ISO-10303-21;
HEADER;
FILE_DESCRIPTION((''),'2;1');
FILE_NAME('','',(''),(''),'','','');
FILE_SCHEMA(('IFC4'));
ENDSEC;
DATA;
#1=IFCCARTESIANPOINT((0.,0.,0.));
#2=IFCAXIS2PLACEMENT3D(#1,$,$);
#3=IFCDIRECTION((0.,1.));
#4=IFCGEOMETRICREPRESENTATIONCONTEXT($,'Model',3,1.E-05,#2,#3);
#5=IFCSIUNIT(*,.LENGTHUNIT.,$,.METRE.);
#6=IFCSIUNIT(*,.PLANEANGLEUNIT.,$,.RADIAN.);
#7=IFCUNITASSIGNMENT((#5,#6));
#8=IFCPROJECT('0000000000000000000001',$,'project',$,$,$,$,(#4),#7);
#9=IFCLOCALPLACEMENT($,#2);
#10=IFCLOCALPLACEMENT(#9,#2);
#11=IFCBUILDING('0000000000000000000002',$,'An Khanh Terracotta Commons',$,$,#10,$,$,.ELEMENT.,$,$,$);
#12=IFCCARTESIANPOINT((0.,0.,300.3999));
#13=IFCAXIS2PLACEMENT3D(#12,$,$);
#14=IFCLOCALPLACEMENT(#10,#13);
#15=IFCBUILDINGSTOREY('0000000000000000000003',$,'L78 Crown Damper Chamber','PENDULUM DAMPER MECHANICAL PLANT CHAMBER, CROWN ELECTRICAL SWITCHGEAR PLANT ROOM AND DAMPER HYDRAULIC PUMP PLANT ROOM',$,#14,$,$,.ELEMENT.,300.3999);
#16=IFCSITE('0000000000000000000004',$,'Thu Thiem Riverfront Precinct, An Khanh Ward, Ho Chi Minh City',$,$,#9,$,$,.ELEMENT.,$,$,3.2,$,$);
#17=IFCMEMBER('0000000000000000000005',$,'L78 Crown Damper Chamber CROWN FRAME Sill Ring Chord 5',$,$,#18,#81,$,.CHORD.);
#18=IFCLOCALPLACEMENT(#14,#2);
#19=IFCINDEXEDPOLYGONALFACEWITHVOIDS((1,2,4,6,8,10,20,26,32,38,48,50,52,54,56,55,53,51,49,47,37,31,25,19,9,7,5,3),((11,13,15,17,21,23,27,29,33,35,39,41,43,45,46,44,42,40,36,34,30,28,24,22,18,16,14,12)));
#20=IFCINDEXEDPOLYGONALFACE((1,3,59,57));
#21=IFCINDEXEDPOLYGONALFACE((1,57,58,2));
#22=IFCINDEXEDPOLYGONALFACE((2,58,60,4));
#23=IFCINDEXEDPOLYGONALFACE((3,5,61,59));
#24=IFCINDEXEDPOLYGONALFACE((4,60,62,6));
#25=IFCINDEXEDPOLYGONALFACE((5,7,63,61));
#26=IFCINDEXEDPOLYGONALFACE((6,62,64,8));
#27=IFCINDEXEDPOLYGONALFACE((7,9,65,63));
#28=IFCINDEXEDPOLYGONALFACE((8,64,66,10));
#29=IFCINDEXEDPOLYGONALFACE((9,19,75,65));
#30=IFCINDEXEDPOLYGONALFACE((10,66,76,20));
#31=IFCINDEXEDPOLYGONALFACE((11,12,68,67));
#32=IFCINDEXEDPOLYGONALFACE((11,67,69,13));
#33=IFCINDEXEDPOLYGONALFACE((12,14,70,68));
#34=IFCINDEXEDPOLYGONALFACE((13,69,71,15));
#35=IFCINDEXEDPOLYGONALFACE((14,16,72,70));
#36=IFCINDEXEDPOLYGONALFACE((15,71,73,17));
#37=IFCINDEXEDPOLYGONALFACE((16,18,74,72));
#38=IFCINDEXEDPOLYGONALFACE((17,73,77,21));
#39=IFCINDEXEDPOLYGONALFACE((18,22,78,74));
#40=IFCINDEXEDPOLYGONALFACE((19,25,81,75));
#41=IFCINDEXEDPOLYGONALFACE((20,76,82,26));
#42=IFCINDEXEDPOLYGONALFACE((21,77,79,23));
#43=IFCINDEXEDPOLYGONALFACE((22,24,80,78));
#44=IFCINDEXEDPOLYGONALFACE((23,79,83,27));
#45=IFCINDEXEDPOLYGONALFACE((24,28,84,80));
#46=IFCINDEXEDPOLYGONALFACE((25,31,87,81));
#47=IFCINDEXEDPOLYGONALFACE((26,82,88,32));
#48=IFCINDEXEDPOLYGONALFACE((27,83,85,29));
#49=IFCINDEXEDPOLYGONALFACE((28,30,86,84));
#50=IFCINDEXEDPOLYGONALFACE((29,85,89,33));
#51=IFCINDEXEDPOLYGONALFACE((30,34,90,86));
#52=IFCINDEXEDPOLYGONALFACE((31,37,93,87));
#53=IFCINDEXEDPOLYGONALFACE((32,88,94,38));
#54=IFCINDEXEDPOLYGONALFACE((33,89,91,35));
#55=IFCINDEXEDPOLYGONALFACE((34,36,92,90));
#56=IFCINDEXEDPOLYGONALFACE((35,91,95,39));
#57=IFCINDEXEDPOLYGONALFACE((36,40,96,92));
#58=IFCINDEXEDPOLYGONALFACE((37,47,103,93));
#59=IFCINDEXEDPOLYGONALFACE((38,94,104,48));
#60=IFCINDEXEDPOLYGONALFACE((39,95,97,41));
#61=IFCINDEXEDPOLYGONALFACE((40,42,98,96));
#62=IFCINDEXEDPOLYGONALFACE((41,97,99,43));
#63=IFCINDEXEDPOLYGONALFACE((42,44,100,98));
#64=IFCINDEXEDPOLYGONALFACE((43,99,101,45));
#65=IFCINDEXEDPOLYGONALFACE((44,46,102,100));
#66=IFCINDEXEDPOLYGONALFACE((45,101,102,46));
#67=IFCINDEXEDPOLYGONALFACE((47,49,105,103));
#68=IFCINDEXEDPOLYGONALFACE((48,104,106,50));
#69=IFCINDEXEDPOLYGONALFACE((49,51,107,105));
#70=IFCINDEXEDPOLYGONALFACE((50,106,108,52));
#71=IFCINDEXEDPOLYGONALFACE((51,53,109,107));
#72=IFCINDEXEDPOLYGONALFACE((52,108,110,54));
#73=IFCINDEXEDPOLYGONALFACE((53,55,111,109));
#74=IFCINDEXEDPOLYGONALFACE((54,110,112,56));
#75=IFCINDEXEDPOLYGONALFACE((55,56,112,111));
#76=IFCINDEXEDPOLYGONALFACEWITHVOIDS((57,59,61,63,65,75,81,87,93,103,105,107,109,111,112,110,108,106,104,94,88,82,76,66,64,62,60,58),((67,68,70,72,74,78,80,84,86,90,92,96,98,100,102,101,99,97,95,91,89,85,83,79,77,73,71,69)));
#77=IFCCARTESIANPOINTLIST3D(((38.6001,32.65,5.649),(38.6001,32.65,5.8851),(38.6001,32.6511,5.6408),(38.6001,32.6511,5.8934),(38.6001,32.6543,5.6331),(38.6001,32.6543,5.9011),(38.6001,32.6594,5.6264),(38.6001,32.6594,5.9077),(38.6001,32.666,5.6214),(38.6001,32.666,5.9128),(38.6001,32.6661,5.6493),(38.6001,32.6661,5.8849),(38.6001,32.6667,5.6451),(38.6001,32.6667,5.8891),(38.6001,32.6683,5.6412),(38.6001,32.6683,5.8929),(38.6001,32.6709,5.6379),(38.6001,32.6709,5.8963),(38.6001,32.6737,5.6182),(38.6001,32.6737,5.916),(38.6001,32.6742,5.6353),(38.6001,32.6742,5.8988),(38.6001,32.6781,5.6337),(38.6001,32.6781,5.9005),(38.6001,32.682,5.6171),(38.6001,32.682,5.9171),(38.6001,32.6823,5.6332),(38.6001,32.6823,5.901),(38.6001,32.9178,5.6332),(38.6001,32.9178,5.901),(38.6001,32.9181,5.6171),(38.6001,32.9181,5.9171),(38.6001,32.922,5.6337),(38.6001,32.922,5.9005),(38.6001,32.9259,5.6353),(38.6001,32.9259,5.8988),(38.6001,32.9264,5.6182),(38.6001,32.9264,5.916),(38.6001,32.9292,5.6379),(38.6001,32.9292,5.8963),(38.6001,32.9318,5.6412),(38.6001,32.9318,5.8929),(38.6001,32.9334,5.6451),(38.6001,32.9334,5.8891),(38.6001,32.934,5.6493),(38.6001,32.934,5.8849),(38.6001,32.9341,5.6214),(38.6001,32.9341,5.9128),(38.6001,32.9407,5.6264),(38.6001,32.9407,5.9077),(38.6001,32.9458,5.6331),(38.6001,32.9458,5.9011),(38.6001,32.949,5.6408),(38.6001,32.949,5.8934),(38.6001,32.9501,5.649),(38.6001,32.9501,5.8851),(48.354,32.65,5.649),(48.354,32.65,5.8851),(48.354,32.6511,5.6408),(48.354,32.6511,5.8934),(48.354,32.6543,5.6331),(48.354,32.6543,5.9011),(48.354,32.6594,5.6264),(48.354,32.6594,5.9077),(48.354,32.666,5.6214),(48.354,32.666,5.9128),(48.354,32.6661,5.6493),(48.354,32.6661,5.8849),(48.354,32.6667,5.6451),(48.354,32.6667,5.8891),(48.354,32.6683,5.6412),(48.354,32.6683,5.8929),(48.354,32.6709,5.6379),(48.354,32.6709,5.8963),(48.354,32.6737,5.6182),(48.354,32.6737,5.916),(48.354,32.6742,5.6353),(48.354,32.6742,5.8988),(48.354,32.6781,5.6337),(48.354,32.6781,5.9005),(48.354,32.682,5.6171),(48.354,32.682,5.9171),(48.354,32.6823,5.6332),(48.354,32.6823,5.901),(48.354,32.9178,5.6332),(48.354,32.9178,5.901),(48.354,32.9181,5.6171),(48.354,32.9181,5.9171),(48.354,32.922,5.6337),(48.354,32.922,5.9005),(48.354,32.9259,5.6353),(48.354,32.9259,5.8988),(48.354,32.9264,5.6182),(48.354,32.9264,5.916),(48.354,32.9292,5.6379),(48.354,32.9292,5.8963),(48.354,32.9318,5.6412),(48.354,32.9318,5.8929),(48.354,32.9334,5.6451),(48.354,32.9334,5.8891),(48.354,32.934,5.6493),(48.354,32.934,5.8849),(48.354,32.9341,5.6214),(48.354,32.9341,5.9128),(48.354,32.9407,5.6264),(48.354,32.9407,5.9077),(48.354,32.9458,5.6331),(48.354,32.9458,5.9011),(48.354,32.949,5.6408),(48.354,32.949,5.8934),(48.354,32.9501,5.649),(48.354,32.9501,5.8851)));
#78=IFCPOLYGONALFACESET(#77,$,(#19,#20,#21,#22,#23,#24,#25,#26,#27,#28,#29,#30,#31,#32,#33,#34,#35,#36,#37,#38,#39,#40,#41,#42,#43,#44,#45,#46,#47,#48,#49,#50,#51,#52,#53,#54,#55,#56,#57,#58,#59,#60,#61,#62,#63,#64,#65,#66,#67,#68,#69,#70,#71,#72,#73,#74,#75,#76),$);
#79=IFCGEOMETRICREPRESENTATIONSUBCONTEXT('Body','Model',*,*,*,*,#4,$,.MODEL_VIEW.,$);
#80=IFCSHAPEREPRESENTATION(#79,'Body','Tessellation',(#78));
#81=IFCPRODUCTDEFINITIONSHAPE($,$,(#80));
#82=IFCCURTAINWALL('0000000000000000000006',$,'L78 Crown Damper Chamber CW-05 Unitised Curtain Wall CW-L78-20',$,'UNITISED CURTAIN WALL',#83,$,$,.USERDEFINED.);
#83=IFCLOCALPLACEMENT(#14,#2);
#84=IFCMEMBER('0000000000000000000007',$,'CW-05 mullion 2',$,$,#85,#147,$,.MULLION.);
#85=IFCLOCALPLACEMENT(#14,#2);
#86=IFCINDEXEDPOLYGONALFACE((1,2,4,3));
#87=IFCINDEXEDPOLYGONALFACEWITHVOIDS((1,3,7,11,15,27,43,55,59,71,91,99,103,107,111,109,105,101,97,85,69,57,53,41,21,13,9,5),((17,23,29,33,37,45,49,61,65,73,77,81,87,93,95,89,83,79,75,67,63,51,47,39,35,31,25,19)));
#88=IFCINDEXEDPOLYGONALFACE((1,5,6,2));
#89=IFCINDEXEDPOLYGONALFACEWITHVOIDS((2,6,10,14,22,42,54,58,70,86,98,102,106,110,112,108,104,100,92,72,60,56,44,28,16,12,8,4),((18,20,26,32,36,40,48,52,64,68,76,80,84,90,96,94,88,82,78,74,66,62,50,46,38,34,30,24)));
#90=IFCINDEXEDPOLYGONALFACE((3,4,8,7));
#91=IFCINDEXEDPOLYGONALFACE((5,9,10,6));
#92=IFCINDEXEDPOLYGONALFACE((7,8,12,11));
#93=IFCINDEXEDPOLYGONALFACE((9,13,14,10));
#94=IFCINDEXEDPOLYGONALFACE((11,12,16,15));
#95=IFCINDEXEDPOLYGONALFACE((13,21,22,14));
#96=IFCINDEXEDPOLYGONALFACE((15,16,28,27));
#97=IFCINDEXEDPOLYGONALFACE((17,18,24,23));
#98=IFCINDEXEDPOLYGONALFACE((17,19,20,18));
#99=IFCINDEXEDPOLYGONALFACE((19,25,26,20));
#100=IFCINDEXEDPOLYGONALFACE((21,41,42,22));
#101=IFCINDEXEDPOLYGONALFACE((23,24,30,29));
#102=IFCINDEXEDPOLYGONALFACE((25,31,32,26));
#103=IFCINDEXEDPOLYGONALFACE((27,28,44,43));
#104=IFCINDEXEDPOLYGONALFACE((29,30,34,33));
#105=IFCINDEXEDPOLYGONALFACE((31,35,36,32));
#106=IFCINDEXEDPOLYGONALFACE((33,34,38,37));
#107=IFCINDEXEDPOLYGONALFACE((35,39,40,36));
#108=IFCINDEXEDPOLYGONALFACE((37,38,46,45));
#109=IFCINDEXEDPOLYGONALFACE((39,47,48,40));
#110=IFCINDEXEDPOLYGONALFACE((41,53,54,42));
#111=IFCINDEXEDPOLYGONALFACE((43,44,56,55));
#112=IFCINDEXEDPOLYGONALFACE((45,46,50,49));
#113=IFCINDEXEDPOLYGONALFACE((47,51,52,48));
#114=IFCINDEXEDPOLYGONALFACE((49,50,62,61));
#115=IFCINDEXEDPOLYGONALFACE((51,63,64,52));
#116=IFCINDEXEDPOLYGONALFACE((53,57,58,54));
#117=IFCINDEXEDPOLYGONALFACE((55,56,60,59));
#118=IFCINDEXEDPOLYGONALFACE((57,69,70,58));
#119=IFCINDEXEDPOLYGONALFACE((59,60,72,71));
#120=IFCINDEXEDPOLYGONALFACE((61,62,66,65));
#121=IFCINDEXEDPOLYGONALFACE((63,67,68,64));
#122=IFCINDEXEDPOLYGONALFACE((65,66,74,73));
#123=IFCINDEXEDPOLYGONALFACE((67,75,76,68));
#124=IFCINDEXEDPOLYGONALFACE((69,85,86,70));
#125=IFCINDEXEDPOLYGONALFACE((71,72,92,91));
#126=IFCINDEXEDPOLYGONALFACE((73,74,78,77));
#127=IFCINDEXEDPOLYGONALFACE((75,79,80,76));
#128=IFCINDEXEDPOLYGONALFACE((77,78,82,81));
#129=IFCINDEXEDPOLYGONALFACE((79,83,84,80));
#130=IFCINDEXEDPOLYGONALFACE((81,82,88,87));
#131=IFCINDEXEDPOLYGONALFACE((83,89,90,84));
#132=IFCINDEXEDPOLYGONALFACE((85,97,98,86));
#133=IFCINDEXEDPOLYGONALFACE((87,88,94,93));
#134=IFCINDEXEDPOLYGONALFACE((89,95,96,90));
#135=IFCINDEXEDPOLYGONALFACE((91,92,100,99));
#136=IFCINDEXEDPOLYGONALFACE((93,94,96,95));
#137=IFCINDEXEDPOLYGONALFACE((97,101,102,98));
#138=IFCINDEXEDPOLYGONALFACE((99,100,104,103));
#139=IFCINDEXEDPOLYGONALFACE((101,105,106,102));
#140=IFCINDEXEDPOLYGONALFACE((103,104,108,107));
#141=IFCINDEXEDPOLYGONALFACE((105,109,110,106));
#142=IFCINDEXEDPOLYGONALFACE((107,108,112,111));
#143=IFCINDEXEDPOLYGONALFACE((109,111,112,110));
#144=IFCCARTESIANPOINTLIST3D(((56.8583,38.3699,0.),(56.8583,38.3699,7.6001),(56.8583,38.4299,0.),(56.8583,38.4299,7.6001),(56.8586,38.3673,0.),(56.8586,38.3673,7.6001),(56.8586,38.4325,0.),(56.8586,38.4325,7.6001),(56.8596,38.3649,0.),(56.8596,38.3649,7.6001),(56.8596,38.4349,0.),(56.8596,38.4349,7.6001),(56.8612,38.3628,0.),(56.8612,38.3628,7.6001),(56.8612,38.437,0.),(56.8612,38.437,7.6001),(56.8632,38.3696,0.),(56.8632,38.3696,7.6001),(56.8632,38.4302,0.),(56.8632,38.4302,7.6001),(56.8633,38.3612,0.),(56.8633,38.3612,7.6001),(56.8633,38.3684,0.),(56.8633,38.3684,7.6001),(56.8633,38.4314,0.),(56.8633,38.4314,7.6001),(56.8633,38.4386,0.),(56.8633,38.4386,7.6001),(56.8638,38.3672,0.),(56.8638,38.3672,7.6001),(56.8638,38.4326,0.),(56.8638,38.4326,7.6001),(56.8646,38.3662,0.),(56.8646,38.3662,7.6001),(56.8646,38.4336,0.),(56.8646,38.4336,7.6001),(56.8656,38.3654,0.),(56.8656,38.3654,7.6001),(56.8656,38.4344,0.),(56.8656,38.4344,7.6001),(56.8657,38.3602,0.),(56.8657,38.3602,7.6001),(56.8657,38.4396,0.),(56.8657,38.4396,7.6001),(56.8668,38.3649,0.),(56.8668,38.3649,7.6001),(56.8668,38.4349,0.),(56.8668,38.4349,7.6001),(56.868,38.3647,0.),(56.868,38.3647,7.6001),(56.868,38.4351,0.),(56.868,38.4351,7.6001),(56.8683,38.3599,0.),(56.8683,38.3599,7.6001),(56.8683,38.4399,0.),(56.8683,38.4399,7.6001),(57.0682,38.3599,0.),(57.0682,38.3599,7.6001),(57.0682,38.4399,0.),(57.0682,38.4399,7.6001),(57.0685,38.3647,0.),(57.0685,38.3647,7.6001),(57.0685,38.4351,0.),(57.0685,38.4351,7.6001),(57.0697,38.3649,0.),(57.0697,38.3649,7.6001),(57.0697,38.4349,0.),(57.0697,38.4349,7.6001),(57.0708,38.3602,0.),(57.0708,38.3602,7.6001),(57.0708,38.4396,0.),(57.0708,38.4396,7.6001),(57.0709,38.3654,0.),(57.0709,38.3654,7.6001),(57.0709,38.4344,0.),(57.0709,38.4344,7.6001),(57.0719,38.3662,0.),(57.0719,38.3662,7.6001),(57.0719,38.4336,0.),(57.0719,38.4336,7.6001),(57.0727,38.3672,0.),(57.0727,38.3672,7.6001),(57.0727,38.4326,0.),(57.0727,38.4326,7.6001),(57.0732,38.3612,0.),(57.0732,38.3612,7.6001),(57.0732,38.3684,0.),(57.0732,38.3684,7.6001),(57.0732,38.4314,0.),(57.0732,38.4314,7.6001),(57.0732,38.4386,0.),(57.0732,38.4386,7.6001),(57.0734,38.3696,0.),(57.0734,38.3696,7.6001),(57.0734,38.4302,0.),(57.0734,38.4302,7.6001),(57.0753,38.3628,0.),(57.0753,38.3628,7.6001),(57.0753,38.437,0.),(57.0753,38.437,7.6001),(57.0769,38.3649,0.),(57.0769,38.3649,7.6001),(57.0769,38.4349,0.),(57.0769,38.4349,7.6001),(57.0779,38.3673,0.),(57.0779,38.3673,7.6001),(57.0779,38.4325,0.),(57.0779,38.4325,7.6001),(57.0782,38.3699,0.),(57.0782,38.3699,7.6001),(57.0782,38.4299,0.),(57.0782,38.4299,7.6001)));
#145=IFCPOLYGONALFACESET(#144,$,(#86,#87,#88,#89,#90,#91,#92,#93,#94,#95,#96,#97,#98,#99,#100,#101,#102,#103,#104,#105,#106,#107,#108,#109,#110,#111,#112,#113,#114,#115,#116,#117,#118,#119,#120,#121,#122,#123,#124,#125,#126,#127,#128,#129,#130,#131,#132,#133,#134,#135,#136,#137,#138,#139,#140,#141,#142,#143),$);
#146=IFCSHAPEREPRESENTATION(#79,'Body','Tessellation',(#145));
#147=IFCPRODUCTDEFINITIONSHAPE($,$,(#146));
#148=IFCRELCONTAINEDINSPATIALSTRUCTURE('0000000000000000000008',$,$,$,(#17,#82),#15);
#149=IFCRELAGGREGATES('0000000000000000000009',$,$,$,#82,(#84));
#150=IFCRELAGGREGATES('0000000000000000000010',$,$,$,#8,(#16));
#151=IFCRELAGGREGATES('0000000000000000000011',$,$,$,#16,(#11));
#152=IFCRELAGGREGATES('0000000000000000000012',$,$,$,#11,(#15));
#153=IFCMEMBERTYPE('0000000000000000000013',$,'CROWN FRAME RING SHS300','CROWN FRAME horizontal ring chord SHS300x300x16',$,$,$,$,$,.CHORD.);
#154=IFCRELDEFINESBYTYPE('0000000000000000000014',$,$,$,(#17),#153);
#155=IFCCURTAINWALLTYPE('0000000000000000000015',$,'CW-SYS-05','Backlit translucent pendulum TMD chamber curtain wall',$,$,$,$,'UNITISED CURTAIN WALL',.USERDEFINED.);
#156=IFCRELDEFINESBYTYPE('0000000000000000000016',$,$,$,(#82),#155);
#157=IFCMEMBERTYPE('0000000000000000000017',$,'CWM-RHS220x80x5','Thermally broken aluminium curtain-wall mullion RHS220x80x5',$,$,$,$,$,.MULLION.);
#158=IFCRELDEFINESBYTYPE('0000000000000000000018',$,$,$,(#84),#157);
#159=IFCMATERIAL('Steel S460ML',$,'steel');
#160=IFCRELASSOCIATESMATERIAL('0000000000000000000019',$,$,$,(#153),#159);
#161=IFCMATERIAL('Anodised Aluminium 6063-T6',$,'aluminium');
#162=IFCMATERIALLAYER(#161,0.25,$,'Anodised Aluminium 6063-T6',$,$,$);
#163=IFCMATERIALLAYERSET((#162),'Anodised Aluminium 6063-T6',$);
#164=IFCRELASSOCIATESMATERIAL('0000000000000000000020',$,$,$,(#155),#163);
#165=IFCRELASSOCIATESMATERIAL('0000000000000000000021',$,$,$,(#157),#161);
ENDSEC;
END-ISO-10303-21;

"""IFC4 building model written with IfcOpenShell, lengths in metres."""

from ifc_helpers import new_model, si_unit, direction, frame, origin, origin_2d, place, context, subcontext, project, spatial, hollow_rectangle, extrude, material, layer, layer_set, material_profile, profile_set, type_object, element, aggregate, save


model = new_model("IFC4")

# Units and contexts
model_context = context("Model", 3, precision=1e-05, world=origin(), true_north=direction((0.0, 1.0)))
body_context = subcontext(model_context, "Body", "Model", "MODEL_VIEW")
ifc_project = project(units=[si_unit("LENGTHUNIT", "METRE"), si_unit("PLANEANGLEUNIT", "RADIAN")], contexts=[model_context])

# Site, building, storey
site_placement = place(None, origin())
site = spatial("IfcSite", under=ifc_project, at=site_placement, Name="Thu Thiem Riverfront Precinct, An Khanh Ward, Ho Chi Minh City", CompositionType="ELEMENT", RefElevation=3.2)
building_placement = place(site_placement, origin())
building = spatial("IfcBuilding", under=site, at=building_placement, Name="An Khanh Terracotta Commons", CompositionType="ELEMENT")
storey_placement = place(building_placement, frame((0.0, 0.0, 300.3999)))
storey = spatial("IfcBuildingStorey", under=building, at=storey_placement, Name="L78 Crown Damper Chamber", Description="PENDULUM DAMPER MECHANICAL PLANT CHAMBER, CROWN ELECTRICAL SWITCHGEAR PLANT ROOM AND DAMPER HYDRAULIC PUMP PLANT ROOM", CompositionType="ELEMENT", Elevation=300.3999)

# Member
ifc_material_1 = material(Name="Steel S460ML", Category="steel")
ifc_material_profile_1 = material_profile(ifc_material_1, hollow_rectangle(XDim=0.3, YDim=0.3, WallThickness=0.0161, InnerFilletRadius=0.0161, OuterFilletRadius=0.032, at=origin_2d()), Name="SHS300x300x16")
ifc_profile_set_1 = profile_set([ifc_material_profile_1], Name="Steel S460ML")
member_type_1 = type_object("IfcMemberType", Name="CROWN FRAME RING SHS300", Description="CROWN FRAME horizontal ring chord SHS300x300x16", PredefinedType="CHORD", material=ifc_profile_set_1)
member_1_placement = place(storey_placement, frame((48.354, 32.8, 5.7671), z_axis=(-1.0, 0.0, 0.0), x_axis=(0.0, -1.0, 0.0)))
element("IfcMember", 1, at=member_1_placement, inside=storey, type_object=member_type_1, Name="L78 Crown Damper Chamber CROWN FRAME Sill Ring Chord 5", PredefinedType="CHORD", context=body_context, shape_type="SweptSolid", body=[
    extrude(hollow_rectangle(XDim=0.3, YDim=0.3, WallThickness=0.0161, InnerFilletRadius=0.0161, OuterFilletRadius=0.032, at=origin_2d()), origin(), (0.0, 0.0, 1.0), 9.7539),
])

# Curtain wall, member
ifc_material_2 = material(Name="Anodised Aluminium 6063-T6", Category="aluminium")
ifc_layer_1 = layer(ifc_material_2, 0.25, Name="Anodised Aluminium 6063-T6")
ifc_layer_set_1 = layer_set([ifc_layer_1], Name="Anodised Aluminium 6063-T6")
curtain_wall_type = type_object("IfcCurtainWallType", Name="CW-SYS-05", Description="Backlit translucent pendulum TMD chamber curtain wall", ElementType="UNITISED CURTAIN WALL", PredefinedType="USERDEFINED", material=ifc_layer_set_1)
curtain_wall_placement = place(storey_placement, origin())
curtain_wall = element("IfcCurtainWall", 2, at=curtain_wall_placement, inside=storey, type_object=curtain_wall_type, Name="L78 Crown Damper Chamber CW-05 Unitised Curtain Wall CW-L78-20", ObjectType="UNITISED CURTAIN WALL", PredefinedType="USERDEFINED")
ifc_material_profile_2 = material_profile(ifc_material_2, hollow_rectangle(XDim=0.0801, YDim=0.22, WallThickness=0.0049, InnerFilletRadius=0.0049, OuterFilletRadius=0.01, at=origin_2d()), Name="RHS220x80x5")
ifc_profile_set_2 = profile_set([ifc_material_profile_2], Name="Anodised Aluminium 6063-T6")
member_type_2 = type_object("IfcMemberType", Name="CWM-RHS220x80x5", Description="Thermally broken aluminium curtain-wall mullion RHS220x80x5", PredefinedType="MULLION", material=ifc_profile_set_2)
member_2_placement = place(storey_placement, frame((56.9683, 38.3999, 0.0), z_axis=(0.0, 0.0, 1.0), x_axis=(0.0, -1.0, 0.0)))
member_2 = element("IfcMember", 3, at=member_2_placement, type_object=member_type_2, Name="CW-05 mullion 2", PredefinedType="MULLION", context=body_context, shape_type="SweptSolid", body=[
    extrude(hollow_rectangle(XDim=0.0801, YDim=0.22, WallThickness=0.0049, InnerFilletRadius=0.0049, OuterFilletRadius=0.01, at=origin_2d()), origin(), (0.0, 0.0, 1.0), 7.6001),
])

aggregate(curtain_wall, [member_2])

save(model, "model.ifc")
